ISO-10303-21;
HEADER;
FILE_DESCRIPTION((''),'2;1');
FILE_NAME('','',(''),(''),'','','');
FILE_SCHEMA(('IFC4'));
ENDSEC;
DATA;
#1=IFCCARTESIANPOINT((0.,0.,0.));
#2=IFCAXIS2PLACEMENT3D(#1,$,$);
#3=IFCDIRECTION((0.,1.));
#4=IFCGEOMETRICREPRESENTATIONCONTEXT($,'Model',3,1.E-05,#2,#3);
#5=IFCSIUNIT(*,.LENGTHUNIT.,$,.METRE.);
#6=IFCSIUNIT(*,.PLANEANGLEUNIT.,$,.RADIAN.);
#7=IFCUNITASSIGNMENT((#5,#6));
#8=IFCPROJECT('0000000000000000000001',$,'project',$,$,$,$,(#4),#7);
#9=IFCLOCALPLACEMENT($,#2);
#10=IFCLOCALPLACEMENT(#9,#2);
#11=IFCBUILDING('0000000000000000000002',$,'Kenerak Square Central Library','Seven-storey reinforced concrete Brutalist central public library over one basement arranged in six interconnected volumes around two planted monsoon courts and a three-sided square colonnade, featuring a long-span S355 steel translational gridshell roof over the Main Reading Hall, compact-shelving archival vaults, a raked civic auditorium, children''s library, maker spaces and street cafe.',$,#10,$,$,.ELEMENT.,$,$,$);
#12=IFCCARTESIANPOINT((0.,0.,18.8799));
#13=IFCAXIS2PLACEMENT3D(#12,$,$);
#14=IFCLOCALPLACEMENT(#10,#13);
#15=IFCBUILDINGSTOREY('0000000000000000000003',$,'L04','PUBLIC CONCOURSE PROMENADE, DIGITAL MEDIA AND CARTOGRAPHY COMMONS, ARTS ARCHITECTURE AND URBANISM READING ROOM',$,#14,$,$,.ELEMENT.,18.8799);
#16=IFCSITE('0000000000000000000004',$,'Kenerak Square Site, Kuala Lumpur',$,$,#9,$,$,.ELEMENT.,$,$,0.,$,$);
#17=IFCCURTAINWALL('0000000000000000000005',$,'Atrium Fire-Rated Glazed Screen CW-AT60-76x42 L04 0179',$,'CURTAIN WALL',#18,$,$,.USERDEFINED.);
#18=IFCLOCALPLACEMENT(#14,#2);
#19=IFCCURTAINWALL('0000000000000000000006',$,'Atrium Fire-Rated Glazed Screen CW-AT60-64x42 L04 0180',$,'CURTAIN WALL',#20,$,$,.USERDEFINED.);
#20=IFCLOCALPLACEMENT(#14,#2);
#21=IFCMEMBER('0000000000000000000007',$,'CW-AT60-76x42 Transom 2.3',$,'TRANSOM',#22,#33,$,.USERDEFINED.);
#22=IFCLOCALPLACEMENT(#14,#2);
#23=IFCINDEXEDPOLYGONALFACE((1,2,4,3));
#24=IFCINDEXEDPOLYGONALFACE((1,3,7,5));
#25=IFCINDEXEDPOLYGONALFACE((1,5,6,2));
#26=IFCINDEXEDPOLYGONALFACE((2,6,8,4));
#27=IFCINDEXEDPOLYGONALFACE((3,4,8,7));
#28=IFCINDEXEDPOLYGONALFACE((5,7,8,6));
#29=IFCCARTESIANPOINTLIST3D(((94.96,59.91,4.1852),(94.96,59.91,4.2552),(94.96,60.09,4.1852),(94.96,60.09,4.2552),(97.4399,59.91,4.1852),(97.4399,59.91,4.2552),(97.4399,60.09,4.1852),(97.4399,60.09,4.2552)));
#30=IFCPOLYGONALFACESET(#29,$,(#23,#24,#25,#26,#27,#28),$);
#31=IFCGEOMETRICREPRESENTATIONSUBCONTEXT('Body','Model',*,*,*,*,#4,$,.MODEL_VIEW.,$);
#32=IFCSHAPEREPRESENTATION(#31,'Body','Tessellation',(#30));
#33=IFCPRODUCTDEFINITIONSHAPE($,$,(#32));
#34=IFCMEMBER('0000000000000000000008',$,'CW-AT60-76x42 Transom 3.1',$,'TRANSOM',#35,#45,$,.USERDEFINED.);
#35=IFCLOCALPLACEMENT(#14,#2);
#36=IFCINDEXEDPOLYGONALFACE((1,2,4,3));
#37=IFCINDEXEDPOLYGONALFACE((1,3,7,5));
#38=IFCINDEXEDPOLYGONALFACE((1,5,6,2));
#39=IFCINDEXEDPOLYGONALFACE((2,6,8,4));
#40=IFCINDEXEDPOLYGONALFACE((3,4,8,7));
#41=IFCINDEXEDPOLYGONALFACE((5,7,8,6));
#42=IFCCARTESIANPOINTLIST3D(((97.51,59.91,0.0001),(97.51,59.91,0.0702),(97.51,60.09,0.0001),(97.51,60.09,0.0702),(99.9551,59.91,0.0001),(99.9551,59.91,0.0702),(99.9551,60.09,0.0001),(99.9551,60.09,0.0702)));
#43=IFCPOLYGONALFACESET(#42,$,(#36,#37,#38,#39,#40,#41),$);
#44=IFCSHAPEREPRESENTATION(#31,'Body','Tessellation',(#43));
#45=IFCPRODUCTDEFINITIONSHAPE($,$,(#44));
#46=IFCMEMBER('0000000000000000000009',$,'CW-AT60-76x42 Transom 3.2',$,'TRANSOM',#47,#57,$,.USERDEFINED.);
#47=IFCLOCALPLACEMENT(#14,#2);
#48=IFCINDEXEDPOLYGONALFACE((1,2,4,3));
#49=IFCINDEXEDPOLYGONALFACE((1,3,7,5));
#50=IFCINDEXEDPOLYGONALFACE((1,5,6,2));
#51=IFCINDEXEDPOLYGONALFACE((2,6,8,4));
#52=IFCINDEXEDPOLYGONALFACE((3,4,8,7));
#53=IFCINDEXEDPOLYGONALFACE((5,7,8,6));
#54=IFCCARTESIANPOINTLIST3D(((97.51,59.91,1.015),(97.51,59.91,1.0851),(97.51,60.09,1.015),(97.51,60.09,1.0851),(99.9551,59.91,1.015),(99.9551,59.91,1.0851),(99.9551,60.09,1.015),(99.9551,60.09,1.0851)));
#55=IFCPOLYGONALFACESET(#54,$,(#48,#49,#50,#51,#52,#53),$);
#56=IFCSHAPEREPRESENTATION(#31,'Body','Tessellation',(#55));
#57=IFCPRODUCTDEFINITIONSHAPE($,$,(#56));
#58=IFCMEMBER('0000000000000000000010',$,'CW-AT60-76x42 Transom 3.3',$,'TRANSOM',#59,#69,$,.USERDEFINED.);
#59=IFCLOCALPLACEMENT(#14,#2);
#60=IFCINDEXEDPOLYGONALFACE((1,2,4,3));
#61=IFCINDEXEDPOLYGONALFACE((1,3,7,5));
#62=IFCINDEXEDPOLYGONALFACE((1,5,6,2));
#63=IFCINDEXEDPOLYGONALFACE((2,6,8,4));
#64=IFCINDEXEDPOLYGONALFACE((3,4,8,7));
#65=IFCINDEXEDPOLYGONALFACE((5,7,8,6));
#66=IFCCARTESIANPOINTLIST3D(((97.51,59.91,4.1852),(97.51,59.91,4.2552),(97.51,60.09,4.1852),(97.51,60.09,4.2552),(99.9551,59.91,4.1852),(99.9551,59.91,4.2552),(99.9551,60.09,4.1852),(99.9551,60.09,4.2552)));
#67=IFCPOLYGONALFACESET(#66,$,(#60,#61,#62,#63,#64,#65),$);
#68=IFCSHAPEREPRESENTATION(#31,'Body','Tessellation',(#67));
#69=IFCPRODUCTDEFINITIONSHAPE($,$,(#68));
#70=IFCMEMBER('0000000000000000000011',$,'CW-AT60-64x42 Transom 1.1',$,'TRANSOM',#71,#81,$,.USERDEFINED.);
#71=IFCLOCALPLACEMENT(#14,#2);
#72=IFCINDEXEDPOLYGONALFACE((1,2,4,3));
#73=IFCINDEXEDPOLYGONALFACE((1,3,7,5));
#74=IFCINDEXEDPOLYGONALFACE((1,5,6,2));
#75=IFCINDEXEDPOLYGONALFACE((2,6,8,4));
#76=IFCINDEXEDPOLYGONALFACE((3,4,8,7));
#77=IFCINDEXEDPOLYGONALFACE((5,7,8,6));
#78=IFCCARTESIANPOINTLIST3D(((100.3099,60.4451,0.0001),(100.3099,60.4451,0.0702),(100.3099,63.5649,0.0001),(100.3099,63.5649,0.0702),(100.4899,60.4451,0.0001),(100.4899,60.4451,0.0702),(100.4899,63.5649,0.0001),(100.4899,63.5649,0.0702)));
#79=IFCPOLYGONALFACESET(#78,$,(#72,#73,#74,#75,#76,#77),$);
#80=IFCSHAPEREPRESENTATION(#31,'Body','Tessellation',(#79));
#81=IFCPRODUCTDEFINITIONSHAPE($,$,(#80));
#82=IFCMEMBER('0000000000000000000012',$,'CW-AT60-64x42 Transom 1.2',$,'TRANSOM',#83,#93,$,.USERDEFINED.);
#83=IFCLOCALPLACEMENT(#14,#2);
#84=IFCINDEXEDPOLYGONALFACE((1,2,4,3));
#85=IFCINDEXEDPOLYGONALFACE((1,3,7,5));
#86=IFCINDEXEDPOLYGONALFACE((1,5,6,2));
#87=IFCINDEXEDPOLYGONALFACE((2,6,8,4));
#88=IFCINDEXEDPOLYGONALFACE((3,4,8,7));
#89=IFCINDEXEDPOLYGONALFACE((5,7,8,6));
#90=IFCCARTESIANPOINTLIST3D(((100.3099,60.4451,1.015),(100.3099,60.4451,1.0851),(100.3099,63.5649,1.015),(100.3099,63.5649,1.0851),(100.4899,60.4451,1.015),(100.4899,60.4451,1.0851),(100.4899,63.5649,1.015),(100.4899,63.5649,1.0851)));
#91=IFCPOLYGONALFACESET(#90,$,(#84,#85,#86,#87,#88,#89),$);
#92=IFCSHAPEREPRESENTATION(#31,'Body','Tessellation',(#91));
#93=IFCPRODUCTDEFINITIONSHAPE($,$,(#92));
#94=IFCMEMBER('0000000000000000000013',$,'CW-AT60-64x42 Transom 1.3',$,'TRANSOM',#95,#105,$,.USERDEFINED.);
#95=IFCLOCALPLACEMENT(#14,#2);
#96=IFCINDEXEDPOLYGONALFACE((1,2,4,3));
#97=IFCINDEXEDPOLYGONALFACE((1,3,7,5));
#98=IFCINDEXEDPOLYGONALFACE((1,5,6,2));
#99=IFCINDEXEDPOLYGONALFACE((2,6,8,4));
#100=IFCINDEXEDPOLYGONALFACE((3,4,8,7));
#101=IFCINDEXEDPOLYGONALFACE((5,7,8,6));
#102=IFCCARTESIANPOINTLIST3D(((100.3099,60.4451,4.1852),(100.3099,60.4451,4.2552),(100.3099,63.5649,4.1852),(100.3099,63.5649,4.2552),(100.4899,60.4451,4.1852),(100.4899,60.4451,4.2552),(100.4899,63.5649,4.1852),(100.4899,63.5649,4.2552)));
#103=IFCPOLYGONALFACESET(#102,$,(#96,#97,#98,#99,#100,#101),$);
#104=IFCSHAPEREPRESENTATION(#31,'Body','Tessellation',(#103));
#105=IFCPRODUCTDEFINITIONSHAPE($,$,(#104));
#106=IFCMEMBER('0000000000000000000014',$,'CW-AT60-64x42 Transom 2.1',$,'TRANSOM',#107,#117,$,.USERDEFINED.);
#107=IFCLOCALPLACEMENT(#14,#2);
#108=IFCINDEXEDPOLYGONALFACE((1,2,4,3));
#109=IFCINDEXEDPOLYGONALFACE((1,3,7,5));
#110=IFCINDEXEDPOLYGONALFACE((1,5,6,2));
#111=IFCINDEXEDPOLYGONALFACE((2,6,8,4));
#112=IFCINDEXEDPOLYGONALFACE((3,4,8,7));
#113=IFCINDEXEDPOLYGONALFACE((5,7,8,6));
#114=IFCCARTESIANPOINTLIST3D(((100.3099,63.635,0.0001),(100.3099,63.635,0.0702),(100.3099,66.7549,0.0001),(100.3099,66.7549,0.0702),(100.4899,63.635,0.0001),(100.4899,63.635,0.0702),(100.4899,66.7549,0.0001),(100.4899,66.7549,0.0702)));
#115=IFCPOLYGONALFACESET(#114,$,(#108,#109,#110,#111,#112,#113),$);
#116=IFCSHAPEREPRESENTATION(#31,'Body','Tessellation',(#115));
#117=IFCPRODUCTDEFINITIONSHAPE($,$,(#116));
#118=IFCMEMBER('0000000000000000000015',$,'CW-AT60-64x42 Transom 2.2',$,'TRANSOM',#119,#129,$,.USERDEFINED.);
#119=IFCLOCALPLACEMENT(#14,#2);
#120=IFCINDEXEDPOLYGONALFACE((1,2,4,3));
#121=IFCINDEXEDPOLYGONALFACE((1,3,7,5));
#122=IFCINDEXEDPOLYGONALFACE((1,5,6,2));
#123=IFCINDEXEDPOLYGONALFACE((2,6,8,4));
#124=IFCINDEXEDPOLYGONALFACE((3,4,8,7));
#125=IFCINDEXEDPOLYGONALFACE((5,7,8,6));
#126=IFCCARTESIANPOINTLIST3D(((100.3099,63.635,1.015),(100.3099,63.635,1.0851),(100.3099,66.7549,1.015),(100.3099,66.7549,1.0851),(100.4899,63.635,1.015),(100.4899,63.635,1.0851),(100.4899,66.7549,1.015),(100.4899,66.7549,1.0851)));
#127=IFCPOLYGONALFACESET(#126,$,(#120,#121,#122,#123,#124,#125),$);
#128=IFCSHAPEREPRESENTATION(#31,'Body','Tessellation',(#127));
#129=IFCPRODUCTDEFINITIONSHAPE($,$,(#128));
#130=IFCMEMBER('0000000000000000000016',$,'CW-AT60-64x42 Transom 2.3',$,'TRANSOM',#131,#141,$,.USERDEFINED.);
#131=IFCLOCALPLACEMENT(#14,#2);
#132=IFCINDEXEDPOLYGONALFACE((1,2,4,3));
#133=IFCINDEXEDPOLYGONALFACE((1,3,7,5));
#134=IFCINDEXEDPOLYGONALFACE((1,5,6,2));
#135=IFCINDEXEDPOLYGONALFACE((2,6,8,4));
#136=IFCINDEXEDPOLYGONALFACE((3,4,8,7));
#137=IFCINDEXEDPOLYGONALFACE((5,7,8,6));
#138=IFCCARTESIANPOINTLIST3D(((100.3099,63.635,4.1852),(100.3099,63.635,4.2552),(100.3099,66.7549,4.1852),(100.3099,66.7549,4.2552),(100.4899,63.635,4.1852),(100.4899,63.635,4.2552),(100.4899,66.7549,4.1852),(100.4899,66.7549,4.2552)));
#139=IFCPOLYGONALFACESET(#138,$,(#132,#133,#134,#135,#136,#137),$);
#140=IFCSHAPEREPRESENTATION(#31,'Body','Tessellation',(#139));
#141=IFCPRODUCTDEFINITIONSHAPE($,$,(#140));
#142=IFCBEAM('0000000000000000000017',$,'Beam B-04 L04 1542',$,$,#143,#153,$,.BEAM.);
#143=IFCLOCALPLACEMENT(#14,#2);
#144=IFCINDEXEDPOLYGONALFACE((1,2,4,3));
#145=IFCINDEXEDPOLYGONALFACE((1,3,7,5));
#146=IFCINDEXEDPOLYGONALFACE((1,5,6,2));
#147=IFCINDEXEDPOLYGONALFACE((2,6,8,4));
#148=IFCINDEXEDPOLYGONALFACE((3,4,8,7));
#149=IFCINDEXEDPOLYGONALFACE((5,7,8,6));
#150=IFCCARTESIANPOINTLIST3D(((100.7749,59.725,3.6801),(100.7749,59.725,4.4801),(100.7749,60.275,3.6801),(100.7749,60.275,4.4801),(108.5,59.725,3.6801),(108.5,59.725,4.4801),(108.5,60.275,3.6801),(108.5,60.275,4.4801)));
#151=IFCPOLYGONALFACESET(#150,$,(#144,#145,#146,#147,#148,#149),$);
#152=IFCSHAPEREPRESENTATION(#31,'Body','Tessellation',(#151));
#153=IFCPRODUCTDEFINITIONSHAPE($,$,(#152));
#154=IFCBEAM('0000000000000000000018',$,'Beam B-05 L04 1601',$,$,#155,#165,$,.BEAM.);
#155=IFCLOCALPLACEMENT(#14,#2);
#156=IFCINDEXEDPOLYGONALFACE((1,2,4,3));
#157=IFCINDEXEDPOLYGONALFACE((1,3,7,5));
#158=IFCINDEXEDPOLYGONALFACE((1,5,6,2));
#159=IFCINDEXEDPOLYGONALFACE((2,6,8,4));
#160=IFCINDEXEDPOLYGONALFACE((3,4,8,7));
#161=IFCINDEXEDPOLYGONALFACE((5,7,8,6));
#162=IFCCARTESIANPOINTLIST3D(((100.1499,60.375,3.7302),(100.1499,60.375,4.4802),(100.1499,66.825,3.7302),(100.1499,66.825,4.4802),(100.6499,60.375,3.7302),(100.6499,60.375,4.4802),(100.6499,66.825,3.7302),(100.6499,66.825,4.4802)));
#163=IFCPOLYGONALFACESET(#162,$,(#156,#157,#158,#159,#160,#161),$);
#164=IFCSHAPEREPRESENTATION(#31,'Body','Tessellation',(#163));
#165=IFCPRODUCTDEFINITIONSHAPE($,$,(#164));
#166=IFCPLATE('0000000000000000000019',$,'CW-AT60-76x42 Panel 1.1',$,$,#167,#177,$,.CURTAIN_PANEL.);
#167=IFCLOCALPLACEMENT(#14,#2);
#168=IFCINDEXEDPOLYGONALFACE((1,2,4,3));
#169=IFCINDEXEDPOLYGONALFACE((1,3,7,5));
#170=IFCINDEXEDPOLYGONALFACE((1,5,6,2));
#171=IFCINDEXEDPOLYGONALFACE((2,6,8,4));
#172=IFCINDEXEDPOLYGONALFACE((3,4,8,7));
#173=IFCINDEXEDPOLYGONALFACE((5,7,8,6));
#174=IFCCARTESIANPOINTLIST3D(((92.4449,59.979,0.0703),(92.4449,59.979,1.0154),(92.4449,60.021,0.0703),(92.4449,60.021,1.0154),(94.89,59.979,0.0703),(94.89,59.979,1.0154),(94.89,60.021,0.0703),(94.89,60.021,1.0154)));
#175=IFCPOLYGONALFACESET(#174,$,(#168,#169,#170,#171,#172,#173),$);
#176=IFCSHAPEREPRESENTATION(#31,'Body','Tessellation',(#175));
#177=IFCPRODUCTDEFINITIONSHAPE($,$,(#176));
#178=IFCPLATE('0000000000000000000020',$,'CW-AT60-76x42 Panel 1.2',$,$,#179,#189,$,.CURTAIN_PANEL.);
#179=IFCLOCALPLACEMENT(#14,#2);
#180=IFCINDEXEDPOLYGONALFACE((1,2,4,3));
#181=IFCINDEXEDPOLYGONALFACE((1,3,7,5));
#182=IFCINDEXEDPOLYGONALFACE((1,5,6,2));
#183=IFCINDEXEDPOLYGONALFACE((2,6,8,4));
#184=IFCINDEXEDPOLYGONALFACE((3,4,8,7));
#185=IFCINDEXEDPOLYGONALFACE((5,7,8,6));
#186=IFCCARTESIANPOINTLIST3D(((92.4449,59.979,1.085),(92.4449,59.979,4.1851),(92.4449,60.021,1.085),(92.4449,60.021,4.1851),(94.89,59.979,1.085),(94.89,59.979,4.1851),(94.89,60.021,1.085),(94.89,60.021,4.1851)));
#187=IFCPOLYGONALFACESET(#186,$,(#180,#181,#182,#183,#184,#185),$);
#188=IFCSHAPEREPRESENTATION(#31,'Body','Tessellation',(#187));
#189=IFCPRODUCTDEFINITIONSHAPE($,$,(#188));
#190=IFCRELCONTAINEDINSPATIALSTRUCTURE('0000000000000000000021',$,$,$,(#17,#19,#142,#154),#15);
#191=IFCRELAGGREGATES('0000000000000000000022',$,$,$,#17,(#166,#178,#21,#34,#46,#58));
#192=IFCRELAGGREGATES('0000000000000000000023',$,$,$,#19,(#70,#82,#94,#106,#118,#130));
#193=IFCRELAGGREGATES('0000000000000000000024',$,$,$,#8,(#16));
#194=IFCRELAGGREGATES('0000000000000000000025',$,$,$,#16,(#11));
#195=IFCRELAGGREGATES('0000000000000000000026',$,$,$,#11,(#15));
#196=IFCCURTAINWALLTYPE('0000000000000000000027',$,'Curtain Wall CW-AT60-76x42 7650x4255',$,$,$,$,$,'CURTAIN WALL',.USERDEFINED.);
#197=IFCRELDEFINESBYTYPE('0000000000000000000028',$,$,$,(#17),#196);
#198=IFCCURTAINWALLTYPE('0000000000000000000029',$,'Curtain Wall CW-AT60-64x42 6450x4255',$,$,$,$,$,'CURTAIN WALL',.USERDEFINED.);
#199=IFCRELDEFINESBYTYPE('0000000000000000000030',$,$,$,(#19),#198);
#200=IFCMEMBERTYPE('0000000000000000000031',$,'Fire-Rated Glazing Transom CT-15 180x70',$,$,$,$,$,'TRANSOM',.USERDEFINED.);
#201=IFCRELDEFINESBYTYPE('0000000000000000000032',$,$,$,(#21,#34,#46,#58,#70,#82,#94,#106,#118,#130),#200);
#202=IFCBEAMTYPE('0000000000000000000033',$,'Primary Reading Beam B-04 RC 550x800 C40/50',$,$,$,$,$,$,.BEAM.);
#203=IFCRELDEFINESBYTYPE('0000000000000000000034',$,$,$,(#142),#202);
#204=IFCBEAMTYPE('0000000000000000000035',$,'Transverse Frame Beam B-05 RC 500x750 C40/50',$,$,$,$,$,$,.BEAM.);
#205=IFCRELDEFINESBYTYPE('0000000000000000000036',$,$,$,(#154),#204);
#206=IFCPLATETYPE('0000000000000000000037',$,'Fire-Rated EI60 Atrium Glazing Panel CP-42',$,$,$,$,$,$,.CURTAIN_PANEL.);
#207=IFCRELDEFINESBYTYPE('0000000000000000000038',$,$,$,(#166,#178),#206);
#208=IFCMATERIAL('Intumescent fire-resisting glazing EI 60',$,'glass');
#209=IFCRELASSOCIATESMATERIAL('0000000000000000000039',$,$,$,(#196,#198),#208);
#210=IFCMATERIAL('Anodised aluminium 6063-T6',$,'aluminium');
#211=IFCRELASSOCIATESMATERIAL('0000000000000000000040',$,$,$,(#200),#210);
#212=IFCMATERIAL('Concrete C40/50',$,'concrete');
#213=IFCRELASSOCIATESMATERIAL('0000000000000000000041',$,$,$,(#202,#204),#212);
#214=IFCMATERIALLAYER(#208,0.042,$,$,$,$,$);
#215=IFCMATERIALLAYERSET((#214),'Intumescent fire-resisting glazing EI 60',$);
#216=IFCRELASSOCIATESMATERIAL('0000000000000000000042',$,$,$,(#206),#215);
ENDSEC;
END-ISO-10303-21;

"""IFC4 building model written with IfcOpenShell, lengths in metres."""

from ifc_helpers import new_model, si_unit, direction, frame, origin, origin_2d, place, context, subcontext, project, spatial, rectangle, extrude, material, layer, layer_set, material_profile, profile_set, type_object, element, aggregate, save


model = new_model("IFC4")

# Units and contexts
model_context = context("Model", 3, precision=1e-05, world=origin(), true_north=direction((0.0, 1.0)))
body_context = subcontext(model_context, "Body", "Model", "MODEL_VIEW")
ifc_project = project(units=[si_unit("LENGTHUNIT", "METRE"), si_unit("PLANEANGLEUNIT", "RADIAN")], contexts=[model_context])

# Site, building, storey
site_placement = place(None, origin())
site = spatial("IfcSite", under=ifc_project, at=site_placement, Name="Kenerak Square Site, Kuala Lumpur", CompositionType="ELEMENT", RefElevation=0.0)
building_placement = place(site_placement, origin())
building = spatial("IfcBuilding", under=site, at=building_placement, Name="Kenerak Square Central Library", Description="Seven-storey reinforced concrete Brutalist central public library over one basement arranged in six interconnected volumes around two planted monsoon courts and a three-sided square colonnade, featuring a long-span S355 steel translational gridshell roof over the Main Reading Hall, compact-shelving archival vaults, a raked civic auditorium, children's library, maker spaces and street cafe.", CompositionType="ELEMENT")
storey_placement = place(building_placement, frame((0.0, 0.0, 18.8799)))
storey = spatial("IfcBuildingStorey", under=building, at=storey_placement, Name="L04", Description="PUBLIC CONCOURSE PROMENADE, DIGITAL MEDIA AND CARTOGRAPHY COMMONS, ARTS ARCHITECTURE AND URBANISM READING ROOM", CompositionType="ELEMENT", Elevation=18.8799)

# Shared definitions
ifc_material_1 = material(Name="Concrete C40/50", Category="concrete")

# Curtain walls
ifc_material_2 = material(Name="Intumescent fire-resisting glazing EI 60", Category="glass")
curtain_wall_type_1 = type_object("IfcCurtainWallType", Name="Curtain Wall CW-AT60-76x42 7650x4255", ElementType="CURTAIN WALL", PredefinedType="USERDEFINED", material=ifc_material_2)
curtain_wall_1_placement = place(storey_placement, origin())
curtain_wall_1 = element("IfcCurtainWall", 1, at=curtain_wall_1_placement, inside=storey, type_object=curtain_wall_type_1, Name="Atrium Fire-Rated Glazed Screen CW-AT60-76x42 L04 0179", ObjectType="CURTAIN WALL", PredefinedType="USERDEFINED")
ifc_material_3 = material(Name="Anodised aluminium 6063-T6", Category="aluminium")
curtain_wall_type_2 = type_object("IfcCurtainWallType", Name="Curtain Wall CW-AT60-64x42 6450x4255", ElementType="CURTAIN WALL", PredefinedType="USERDEFINED", material=ifc_material_2)
curtain_wall_2_placement = place(storey_placement, origin())
curtain_wall_2 = element("IfcCurtainWall", 2, at=curtain_wall_2_placement, inside=storey, type_object=curtain_wall_type_2, Name="Atrium Fire-Rated Glazed Screen CW-AT60-64x42 L04 0180", ObjectType="CURTAIN WALL", PredefinedType="USERDEFINED")

# Members
ifc_material_profile_1 = material_profile(ifc_material_3, rectangle(XDim=0.1799, YDim=0.0701, at=origin_2d()), Name="AL TRANSOM 180x70")
ifc_profile_set_1 = profile_set([ifc_material_profile_1], Name="Anodised aluminium 6063-T6")
member_type_1 = type_object("IfcMemberType", Name="Fire-Rated Glazing Transom CT-15 180x70", ElementType="TRANSOM", PredefinedType="USERDEFINED", material=ifc_profile_set_1)
member_1_placement = place(storey_placement, frame((94.96, 60.0, 4.2202), z_axis=(1.0, 0.0, 0.0), x_axis=(0.0, 1.0, 0.0)))
member_1 = element("IfcMember", 3, at=member_1_placement, type_object=member_type_1, Name="CW-AT60-76x42 Transom 2.3", ObjectType="TRANSOM", PredefinedType="USERDEFINED", context=body_context, shape_type="SweptSolid", body=[
    extrude(rectangle(XDim=0.1799, YDim=0.0701, at=origin_2d()), origin(), (0.0, 0.0, 1.0), 2.48),
])
member_2_placement = place(storey_placement, frame((97.51, 60.0, 0.0352), z_axis=(1.0, 0.0, 0.0), x_axis=(0.0, 1.0, 0.0)))
member_2 = element("IfcMember", 4, at=member_2_placement, type_object=member_type_1, Name="CW-AT60-76x42 Transom 3.1", ObjectType="TRANSOM", PredefinedType="USERDEFINED", context=body_context, shape_type="SweptSolid", body=[
    extrude(rectangle(XDim=0.1799, YDim=0.0701, at=origin_2d()), origin(), (0.0, 0.0, 1.0), 2.4451),
])
member_3_placement = place(storey_placement, frame((97.51, 60.0, 1.05), z_axis=(1.0, 0.0, 0.0), x_axis=(0.0, 1.0, 0.0)))
member_3 = element("IfcMember", 5, at=member_3_placement, type_object=member_type_1, Name="CW-AT60-76x42 Transom 3.2", ObjectType="TRANSOM", PredefinedType="USERDEFINED", context=body_context, shape_type="SweptSolid", body=[
    extrude(rectangle(XDim=0.1799, YDim=0.0701, at=origin_2d()), origin(), (0.0, 0.0, 1.0), 2.4451),
])
member_4_placement = place(storey_placement, frame((97.51, 60.0, 4.2202), z_axis=(1.0, 0.0, 0.0), x_axis=(0.0, 1.0, 0.0)))
member_4 = element("IfcMember", 6, at=member_4_placement, type_object=member_type_1, Name="CW-AT60-76x42 Transom 3.3", ObjectType="TRANSOM", PredefinedType="USERDEFINED", context=body_context, shape_type="SweptSolid", body=[
    extrude(rectangle(XDim=0.1799, YDim=0.0701, at=origin_2d()), origin(), (0.0, 0.0, 1.0), 2.4451),
])
member_5_placement = place(storey_placement, frame((100.3999, 60.4451, 0.0352), z_axis=(0.0, 1.0, 0.0), x_axis=(-1.0, 0.0, 0.0)))
member_5 = element("IfcMember", 7, at=member_5_placement, type_object=member_type_1, Name="CW-AT60-64x42 Transom 1.1", ObjectType="TRANSOM", PredefinedType="USERDEFINED", context=body_context, shape_type="SweptSolid", body=[
    extrude(rectangle(XDim=0.1799, YDim=0.0701, at=origin_2d()), origin(), (0.0, 0.0, 1.0), 3.1199),
])
member_6_placement = place(storey_placement, frame((100.3999, 60.4451, 1.05), z_axis=(0.0, 1.0, 0.0), x_axis=(-1.0, 0.0, 0.0)))
member_6 = element("IfcMember", 8, at=member_6_placement, type_object=member_type_1, Name="CW-AT60-64x42 Transom 1.2", ObjectType="TRANSOM", PredefinedType="USERDEFINED", context=body_context, shape_type="SweptSolid", body=[
    extrude(rectangle(XDim=0.1799, YDim=0.0701, at=origin_2d()), origin(), (0.0, 0.0, 1.0), 3.1199),
])
member_7_placement = place(storey_placement, frame((100.3999, 60.4451, 4.2202), z_axis=(0.0, 1.0, 0.0), x_axis=(-1.0, 0.0, 0.0)))
member_7 = element("IfcMember", 9, at=member_7_placement, type_object=member_type_1, Name="CW-AT60-64x42 Transom 1.3", ObjectType="TRANSOM", PredefinedType="USERDEFINED", context=body_context, shape_type="SweptSolid", body=[
    extrude(rectangle(XDim=0.1799, YDim=0.0701, at=origin_2d()), origin(), (0.0, 0.0, 1.0), 3.1199),
])
member_8_placement = place(storey_placement, frame((100.3999, 63.635, 0.0352), z_axis=(0.0, 1.0, 0.0), x_axis=(-1.0, 0.0, 0.0)))
member_8 = element("IfcMember", 10, at=member_8_placement, type_object=member_type_1, Name="CW-AT60-64x42 Transom 2.1", ObjectType="TRANSOM", PredefinedType="USERDEFINED", context=body_context, shape_type="SweptSolid", body=[
    extrude(rectangle(XDim=0.1799, YDim=0.0701, at=origin_2d()), origin(), (0.0, 0.0, 1.0), 3.1199),
])
member_9_placement = place(storey_placement, frame((100.3999, 63.635, 1.05), z_axis=(0.0, 1.0, 0.0), x_axis=(-1.0, 0.0, 0.0)))
member_9 = element("IfcMember", 11, at=member_9_placement, type_object=member_type_1, Name="CW-AT60-64x42 Transom 2.2", ObjectType="TRANSOM", PredefinedType="USERDEFINED", context=body_context, shape_type="SweptSolid", body=[
    extrude(rectangle(XDim=0.1799, YDim=0.0701, at=origin_2d()), origin(), (0.0, 0.0, 1.0), 3.1199),
])
member_10_placement = place(storey_placement, frame((100.3999, 63.635, 4.2202), z_axis=(0.0, 1.0, 0.0), x_axis=(-1.0, 0.0, 0.0)))
member_10 = element("IfcMember", 12, at=member_10_placement, type_object=member_type_1, Name="CW-AT60-64x42 Transom 2.3", ObjectType="TRANSOM", PredefinedType="USERDEFINED", context=body_context, shape_type="SweptSolid", body=[
    extrude(rectangle(XDim=0.1799, YDim=0.0701, at=origin_2d()), origin(), (0.0, 0.0, 1.0), 3.1199),
])

# Beams
ifc_material_profile_2 = material_profile(ifc_material_1, rectangle(XDim=0.55, YDim=0.8, at=origin_2d()), Name="RC 550x800")
ifc_profile_set_2 = profile_set([ifc_material_profile_2], Name="Concrete C40/50")
beam_type_1 = type_object("IfcBeamType", Name="Primary Reading Beam B-04 RC 550x800 C40/50", PredefinedType="BEAM", material=ifc_profile_set_2)
beam_1_placement = place(storey_placement, frame((100.7749, 60.0, 4.0801), z_axis=(1.0, 0.0, 0.0), x_axis=(0.0, 1.0, 0.0)))
element("IfcBeam", 13, at=beam_1_placement, inside=storey, type_object=beam_type_1, Name="Beam B-04 L04 1542", PredefinedType="BEAM", context=body_context, shape_type="SweptSolid", body=[
    extrude(rectangle(XDim=0.55, YDim=0.8, at=origin_2d()), origin(), (0.0, 0.0, 1.0), 7.7251),
])
ifc_material_profile_3 = material_profile(ifc_material_1, rectangle(XDim=0.5, YDim=0.75, at=origin_2d()), Name="RC 500x750")
ifc_profile_set_3 = profile_set([ifc_material_profile_3], Name="Concrete C40/50")
beam_type_2 = type_object("IfcBeamType", Name="Transverse Frame Beam B-05 RC 500x750 C40/50", PredefinedType="BEAM", material=ifc_profile_set_3)
beam_2_placement = place(storey_placement, frame((100.3999, 60.375, 4.1052), z_axis=(0.0, 1.0, 0.0), x_axis=(-1.0, 0.0, 0.0)))
element("IfcBeam", 14, at=beam_2_placement, inside=storey, type_object=beam_type_2, Name="Beam B-05 L04 1601", PredefinedType="BEAM", context=body_context, shape_type="SweptSolid", body=[
    extrude(rectangle(XDim=0.5, YDim=0.75, at=origin_2d()), origin(), (0.0, 0.0, 1.0), 6.45),
])

# Plates
ifc_layer = layer(ifc_material_2, 0.042)
ifc_layer_set = layer_set([ifc_layer], Name="Intumescent fire-resisting glazing EI 60")
plate_type = type_object("IfcPlateType", Name="Fire-Rated EI60 Atrium Glazing Panel CP-42", PredefinedType="CURTAIN_PANEL", material=ifc_layer_set)
plate_1_placement = place(storey_placement, frame((93.6675, 60.0, 0.0703), z_axis=(0.0, 0.0, 1.0), x_axis=(1.0, 0.0, 0.0)))
plate_1 = element("IfcPlate", 15, at=plate_1_placement, type_object=plate_type, Name="CW-AT60-76x42 Panel 1.1", PredefinedType="CURTAIN_PANEL", context=body_context, shape_type="SweptSolid", body=[
    extrude(rectangle(XDim=2.4451, YDim=0.042, at=origin_2d()), origin(), (0.0, 0.0, 1.0), 0.9451),
])
plate_2_placement = place(storey_placement, frame((93.6675, 60.0, 1.085), z_axis=(0.0, 0.0, 1.0), x_axis=(1.0, 0.0, 0.0)))
plate_2 = element("IfcPlate", 16, at=plate_2_placement, type_object=plate_type, Name="CW-AT60-76x42 Panel 1.2", PredefinedType="CURTAIN_PANEL", context=body_context, shape_type="SweptSolid", body=[
    extrude(rectangle(XDim=2.4451, YDim=0.042, at=origin_2d()), origin(), (0.0, 0.0, 1.0), 3.1001),
])
aggregate(curtain_wall_1, [plate_1, plate_2, member_1, member_2, member_3, member_4])
aggregate(curtain_wall_2, [member_5, member_6, member_7, member_8, member_9, member_10])

save(model, "model.ifc")
